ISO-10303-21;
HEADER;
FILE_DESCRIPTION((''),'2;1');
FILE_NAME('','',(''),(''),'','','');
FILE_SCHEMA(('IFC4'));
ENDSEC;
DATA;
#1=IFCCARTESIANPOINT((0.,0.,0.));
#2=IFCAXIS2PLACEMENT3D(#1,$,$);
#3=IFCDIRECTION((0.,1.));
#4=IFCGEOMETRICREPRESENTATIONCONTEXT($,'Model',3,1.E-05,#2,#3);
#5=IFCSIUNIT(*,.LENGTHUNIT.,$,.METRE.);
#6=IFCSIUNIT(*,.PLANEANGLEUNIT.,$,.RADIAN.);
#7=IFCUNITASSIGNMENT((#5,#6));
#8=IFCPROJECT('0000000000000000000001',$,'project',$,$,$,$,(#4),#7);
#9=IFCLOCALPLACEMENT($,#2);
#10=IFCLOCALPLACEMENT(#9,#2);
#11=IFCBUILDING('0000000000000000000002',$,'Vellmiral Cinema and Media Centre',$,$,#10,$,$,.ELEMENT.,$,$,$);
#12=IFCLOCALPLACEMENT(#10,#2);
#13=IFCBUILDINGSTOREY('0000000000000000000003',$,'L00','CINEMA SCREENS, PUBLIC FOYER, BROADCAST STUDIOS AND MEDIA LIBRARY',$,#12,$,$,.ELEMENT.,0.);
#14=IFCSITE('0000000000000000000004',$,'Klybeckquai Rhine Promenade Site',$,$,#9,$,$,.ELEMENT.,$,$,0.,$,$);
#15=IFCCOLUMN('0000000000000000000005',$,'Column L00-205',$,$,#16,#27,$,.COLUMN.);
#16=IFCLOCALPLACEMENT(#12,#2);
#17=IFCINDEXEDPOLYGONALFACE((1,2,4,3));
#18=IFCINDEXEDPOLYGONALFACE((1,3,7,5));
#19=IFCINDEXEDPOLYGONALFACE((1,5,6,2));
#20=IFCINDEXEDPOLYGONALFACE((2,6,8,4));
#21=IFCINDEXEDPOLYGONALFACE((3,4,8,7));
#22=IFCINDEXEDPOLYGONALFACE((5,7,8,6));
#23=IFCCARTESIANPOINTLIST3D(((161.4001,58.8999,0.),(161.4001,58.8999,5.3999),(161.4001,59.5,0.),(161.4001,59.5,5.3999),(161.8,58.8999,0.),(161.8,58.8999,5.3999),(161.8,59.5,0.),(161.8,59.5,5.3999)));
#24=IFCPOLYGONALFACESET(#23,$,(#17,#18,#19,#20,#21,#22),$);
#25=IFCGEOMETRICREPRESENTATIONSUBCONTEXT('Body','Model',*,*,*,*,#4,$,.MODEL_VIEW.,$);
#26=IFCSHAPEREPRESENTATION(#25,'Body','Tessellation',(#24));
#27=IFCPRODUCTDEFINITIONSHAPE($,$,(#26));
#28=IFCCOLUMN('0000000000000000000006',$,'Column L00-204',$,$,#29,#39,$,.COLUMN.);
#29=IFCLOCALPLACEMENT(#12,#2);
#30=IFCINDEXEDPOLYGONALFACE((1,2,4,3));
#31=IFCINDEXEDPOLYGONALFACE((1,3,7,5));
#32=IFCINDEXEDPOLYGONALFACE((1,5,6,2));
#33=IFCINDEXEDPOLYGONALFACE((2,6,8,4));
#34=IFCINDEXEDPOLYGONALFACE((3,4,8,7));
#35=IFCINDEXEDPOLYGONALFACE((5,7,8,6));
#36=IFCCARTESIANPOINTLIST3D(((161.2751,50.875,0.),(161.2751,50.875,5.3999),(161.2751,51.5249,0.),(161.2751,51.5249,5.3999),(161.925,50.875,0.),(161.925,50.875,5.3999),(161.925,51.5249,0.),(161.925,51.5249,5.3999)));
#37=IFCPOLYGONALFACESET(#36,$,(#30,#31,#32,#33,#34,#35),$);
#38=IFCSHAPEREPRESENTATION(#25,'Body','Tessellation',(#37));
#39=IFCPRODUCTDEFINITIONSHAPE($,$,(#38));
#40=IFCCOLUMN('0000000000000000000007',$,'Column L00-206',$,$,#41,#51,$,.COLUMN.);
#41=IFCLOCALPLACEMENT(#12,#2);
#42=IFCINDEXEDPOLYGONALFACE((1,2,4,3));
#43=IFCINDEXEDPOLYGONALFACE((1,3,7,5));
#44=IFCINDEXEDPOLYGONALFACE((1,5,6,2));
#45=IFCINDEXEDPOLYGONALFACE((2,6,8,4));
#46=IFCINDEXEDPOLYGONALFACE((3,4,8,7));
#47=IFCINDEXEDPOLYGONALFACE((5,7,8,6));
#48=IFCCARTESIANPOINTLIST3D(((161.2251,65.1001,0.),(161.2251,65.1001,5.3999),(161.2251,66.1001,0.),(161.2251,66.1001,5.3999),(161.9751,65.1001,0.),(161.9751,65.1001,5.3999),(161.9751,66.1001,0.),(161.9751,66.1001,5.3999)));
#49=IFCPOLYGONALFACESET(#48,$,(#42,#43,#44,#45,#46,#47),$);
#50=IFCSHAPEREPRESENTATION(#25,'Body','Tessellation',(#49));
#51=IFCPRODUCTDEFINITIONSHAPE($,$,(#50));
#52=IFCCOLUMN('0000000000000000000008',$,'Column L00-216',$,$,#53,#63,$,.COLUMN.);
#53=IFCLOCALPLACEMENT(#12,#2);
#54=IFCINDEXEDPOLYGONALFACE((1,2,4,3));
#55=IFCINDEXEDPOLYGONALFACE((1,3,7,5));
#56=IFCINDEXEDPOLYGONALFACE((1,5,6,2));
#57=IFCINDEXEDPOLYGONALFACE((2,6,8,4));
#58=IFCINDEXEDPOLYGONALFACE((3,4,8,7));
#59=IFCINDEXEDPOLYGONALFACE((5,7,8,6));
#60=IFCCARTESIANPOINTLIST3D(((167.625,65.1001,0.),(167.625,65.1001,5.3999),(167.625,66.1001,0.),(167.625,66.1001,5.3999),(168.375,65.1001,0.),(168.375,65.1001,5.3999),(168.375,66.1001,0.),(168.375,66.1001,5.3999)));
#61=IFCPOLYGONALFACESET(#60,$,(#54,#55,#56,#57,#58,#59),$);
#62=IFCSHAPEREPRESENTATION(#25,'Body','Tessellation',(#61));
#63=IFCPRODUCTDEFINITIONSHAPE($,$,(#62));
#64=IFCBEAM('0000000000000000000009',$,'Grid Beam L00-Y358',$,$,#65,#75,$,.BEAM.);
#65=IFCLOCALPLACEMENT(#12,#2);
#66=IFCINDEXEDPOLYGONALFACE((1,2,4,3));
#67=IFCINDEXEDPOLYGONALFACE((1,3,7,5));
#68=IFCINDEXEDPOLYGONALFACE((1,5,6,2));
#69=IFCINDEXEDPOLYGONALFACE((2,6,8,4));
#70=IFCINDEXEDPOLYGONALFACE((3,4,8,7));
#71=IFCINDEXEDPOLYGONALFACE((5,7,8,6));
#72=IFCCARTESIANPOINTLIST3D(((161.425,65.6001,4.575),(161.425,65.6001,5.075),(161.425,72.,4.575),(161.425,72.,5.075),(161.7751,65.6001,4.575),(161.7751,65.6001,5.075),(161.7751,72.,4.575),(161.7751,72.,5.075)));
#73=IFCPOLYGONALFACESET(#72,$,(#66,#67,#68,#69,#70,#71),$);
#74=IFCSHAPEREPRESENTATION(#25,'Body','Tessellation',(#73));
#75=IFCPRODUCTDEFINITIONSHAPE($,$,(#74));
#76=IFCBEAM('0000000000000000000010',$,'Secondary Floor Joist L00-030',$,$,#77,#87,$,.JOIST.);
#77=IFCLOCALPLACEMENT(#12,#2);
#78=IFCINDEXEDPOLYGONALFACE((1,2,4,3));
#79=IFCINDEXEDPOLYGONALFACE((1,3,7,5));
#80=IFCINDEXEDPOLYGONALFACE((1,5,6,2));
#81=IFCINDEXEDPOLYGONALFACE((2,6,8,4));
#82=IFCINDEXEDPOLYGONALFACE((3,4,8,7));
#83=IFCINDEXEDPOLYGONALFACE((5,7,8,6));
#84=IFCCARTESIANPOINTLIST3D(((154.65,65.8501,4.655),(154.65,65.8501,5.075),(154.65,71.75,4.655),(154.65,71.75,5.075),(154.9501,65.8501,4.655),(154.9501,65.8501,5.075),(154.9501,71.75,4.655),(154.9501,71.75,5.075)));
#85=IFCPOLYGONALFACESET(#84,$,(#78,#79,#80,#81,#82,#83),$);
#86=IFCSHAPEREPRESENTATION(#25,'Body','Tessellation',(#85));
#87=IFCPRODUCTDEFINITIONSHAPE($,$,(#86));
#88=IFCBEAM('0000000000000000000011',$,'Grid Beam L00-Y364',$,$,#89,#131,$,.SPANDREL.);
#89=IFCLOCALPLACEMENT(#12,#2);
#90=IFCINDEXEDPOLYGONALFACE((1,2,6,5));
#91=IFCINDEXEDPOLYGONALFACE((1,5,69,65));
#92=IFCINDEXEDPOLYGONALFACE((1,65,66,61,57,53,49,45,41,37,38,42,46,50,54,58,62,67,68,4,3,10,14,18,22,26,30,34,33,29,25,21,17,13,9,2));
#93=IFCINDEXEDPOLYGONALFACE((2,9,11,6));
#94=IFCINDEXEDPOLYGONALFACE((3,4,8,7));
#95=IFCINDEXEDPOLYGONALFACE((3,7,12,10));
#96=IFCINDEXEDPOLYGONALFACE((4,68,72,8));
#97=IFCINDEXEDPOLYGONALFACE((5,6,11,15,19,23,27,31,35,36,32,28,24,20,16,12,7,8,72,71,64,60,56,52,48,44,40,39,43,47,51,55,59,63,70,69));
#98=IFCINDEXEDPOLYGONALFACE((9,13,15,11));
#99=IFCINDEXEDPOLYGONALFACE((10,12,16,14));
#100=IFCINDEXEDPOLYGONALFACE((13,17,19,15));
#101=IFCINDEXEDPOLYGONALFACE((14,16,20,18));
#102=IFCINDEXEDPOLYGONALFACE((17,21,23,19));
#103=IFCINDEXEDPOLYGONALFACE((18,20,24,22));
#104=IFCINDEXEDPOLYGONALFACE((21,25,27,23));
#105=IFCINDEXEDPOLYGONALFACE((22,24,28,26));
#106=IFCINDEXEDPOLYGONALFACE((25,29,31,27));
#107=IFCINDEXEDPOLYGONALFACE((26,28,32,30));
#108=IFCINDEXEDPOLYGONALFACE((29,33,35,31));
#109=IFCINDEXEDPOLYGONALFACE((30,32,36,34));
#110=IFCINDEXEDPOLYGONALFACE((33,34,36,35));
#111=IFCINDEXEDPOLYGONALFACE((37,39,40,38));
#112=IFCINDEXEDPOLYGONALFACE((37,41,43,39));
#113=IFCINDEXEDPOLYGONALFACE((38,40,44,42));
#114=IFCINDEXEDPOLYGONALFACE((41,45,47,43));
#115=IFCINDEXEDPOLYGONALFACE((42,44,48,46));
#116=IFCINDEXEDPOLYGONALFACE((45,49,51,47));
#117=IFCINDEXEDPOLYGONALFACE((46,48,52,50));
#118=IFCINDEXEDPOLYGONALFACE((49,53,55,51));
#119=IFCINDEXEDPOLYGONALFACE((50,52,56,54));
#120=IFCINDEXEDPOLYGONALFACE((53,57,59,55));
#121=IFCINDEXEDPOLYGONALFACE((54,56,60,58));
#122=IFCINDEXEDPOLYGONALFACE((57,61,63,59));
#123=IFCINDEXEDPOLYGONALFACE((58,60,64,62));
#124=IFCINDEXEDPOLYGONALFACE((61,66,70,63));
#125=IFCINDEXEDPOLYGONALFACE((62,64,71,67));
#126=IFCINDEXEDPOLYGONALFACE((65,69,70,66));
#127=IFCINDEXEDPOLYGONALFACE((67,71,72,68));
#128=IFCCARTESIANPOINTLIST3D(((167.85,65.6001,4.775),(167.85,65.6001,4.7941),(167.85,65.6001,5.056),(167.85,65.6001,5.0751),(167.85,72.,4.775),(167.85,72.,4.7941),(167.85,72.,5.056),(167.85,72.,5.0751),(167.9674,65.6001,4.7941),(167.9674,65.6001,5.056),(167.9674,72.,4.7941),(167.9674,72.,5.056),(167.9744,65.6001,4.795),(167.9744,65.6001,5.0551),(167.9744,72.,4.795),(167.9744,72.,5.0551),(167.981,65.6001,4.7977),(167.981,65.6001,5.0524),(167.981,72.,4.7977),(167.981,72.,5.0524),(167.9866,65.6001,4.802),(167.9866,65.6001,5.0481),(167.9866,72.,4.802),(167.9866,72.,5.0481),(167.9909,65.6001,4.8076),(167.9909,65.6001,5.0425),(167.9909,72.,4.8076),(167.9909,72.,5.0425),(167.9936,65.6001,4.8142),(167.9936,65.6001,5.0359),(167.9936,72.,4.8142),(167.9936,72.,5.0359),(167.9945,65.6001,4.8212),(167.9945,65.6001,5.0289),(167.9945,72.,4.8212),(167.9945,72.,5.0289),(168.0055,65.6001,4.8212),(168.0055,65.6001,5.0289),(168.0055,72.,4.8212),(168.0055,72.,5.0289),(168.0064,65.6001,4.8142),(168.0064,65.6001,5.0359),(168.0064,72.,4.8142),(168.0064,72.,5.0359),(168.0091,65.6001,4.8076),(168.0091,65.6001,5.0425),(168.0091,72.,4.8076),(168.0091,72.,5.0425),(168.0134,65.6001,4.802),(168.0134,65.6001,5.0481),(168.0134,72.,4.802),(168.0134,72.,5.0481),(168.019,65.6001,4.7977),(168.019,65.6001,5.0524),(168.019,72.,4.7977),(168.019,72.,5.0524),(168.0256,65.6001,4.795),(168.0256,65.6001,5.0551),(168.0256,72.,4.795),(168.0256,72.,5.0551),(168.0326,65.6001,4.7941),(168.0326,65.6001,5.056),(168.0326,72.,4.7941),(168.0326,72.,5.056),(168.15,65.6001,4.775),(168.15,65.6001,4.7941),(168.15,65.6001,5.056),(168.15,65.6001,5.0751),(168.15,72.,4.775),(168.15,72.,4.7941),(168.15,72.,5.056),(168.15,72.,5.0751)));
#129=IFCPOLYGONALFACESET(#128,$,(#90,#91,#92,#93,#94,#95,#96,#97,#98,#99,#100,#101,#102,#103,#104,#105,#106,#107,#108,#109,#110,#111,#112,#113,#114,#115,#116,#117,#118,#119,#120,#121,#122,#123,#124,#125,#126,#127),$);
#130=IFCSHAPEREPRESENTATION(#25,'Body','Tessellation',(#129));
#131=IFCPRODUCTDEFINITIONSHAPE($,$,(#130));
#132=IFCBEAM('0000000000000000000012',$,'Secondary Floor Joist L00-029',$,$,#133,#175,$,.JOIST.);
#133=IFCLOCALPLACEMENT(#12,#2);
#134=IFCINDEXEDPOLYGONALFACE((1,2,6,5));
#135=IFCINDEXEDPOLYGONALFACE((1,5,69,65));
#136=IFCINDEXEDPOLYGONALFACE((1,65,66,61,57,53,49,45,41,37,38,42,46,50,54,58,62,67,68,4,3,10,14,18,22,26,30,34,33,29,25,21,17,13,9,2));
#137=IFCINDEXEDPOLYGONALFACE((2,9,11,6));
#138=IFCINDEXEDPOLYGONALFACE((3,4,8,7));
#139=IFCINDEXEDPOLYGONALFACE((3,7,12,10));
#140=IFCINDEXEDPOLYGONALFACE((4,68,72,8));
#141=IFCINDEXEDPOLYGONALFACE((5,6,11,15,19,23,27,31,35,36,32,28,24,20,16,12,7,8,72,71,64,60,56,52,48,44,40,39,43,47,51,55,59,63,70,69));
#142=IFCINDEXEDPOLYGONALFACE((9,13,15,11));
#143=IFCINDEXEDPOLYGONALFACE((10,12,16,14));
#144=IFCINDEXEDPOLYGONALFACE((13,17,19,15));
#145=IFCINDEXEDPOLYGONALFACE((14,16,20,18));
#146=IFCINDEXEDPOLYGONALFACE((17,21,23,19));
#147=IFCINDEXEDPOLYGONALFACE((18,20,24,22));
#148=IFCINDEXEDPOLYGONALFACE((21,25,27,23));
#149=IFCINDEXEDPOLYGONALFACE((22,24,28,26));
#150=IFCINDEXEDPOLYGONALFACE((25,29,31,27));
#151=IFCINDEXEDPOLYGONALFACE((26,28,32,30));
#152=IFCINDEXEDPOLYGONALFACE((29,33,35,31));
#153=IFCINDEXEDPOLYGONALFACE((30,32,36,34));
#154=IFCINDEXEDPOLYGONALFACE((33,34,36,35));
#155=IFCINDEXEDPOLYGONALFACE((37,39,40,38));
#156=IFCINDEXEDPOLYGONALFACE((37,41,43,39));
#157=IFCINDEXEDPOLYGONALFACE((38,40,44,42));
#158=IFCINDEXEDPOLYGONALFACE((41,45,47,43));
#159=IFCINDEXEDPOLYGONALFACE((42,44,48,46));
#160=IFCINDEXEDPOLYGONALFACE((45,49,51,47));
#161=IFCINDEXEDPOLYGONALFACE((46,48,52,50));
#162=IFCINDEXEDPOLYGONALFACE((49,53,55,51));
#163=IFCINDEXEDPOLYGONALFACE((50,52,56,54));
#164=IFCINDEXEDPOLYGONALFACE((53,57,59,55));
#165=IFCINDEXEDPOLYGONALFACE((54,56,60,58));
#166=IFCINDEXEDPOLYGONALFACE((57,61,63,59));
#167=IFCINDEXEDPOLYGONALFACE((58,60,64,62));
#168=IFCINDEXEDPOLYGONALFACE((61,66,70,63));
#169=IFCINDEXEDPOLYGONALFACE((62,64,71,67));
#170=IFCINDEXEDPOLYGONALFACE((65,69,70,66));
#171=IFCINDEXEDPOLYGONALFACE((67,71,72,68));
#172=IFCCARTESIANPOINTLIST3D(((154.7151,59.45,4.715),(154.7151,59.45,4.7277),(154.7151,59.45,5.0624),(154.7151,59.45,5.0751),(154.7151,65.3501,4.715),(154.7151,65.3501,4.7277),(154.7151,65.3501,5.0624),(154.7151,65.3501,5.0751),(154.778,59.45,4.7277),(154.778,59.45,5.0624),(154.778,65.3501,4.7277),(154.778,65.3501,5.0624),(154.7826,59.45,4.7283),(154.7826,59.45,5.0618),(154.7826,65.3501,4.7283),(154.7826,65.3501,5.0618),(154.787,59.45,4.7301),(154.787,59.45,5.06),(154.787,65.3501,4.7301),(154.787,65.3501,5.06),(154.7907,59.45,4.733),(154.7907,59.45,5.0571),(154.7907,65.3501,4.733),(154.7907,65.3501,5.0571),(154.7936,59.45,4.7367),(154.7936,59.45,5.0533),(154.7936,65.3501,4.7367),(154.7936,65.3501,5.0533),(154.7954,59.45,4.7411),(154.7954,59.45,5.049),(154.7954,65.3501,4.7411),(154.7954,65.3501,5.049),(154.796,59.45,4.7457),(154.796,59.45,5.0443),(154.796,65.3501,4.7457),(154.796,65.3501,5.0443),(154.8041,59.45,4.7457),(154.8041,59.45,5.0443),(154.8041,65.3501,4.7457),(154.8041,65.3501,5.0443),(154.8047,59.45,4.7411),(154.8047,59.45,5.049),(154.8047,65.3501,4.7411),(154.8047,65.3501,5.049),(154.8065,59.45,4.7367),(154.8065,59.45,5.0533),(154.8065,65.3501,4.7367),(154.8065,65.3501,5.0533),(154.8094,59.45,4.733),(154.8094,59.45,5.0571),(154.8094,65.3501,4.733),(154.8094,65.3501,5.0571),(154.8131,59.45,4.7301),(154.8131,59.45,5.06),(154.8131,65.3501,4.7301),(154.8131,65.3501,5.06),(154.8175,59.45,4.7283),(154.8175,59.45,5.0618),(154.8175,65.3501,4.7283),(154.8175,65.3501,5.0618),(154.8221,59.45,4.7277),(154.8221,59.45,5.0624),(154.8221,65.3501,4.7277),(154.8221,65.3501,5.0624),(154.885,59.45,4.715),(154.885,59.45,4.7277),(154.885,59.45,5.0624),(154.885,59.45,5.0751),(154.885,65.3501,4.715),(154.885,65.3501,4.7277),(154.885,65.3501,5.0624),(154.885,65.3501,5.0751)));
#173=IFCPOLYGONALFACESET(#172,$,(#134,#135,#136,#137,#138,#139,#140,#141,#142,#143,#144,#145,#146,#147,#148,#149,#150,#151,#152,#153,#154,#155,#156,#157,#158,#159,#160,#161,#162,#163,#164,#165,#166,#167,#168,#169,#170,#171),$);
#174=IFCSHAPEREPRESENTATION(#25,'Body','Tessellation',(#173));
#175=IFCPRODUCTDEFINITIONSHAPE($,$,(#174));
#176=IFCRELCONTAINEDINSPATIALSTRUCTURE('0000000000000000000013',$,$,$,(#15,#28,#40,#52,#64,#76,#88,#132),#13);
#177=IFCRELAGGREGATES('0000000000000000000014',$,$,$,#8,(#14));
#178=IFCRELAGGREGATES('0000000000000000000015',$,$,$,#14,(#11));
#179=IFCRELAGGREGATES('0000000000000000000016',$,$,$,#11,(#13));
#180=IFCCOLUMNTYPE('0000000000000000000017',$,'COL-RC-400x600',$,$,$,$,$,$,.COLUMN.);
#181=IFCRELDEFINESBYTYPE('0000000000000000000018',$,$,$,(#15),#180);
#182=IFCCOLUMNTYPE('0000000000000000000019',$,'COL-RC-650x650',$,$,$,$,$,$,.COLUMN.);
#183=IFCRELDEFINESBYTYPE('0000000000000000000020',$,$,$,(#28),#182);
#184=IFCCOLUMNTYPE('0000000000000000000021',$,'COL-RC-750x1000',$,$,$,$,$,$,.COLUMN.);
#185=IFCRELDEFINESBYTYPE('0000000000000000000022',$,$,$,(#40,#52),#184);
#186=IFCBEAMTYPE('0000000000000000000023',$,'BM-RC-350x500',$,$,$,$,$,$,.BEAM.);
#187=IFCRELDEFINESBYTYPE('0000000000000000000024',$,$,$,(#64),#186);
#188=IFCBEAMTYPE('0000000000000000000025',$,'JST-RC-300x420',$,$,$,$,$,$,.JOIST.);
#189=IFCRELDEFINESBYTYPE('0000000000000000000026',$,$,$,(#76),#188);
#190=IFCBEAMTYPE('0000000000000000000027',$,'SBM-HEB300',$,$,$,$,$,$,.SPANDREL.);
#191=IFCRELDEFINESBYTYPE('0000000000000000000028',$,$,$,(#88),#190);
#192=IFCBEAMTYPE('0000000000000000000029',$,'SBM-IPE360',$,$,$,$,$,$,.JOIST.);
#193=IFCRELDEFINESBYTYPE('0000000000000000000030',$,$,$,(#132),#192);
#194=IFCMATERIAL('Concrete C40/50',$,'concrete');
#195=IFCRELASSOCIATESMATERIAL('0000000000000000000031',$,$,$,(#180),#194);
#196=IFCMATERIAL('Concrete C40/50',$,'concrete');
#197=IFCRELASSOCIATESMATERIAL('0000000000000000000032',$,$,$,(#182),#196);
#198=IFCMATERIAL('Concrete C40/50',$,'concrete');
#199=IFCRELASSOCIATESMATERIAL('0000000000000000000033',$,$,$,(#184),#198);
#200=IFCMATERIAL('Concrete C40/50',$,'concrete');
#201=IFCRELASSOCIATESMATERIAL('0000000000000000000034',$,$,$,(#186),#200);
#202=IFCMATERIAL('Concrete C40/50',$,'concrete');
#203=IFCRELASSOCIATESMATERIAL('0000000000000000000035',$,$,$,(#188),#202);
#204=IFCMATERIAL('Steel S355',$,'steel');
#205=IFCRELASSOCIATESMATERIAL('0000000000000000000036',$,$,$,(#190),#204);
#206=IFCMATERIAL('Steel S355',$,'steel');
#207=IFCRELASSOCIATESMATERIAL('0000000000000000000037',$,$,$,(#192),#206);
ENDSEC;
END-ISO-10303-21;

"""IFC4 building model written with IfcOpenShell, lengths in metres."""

from ifc_helpers import new_model, si_unit, direction, frame, origin, origin_2d, place, context, subcontext, project, spatial, rectangle, i_section, extrude, material, material_profile, profile_set, type_object, element, save


model = new_model("IFC4")

# Units and contexts
model_context = context("Model", 3, precision=1e-05, world=origin(), true_north=direction((0.0, 1.0)))
body_context = subcontext(model_context, "Body", "Model", "MODEL_VIEW")
ifc_project = project(units=[si_unit("LENGTHUNIT", "METRE"), si_unit("PLANEANGLEUNIT", "RADIAN")], contexts=[model_context])

# Site, building, storey
site_placement = place(None, origin())
site = spatial("IfcSite", under=ifc_project, at=site_placement, Name="Klybeckquai Rhine Promenade Site", CompositionType="ELEMENT", RefElevation=0.0)
building_placement = place(site_placement, origin())
building = spatial("IfcBuilding", under=site, at=building_placement, Name="Vellmiral Cinema and Media Centre", CompositionType="ELEMENT")
storey_placement = place(building_placement, origin())
storey = spatial("IfcBuildingStorey", under=building, at=storey_placement, Name="L00", Description="CINEMA SCREENS, PUBLIC FOYER, BROADCAST STUDIOS AND MEDIA LIBRARY", CompositionType="ELEMENT", Elevation=0.0)

# Columns
ifc_material_1 = material(Name="Concrete C40/50", Category="concrete")
ifc_material_profile_1 = material_profile(ifc_material_1, rectangle(XDim=0.3999, YDim=0.6001, at=origin_2d()), Name="RC 400x600")
ifc_profile_set_1 = profile_set([ifc_material_profile_1], Name="Concrete C40/50")
column_type_1 = type_object("IfcColumnType", Name="COL-RC-400x600", PredefinedType="COLUMN", material=ifc_profile_set_1)
column_1_placement = place(storey_placement, frame((161.6001, 59.2, 0.0), z_axis=(0.0, 0.0, 1.0), x_axis=(1.0, 0.0, 0.0)))
element("IfcColumn", 1, at=column_1_placement, inside=storey, type_object=column_type_1, Name="Column L00-205", PredefinedType="COLUMN", context=body_context, shape_type="SweptSolid", body=[
    extrude(rectangle(XDim=0.3999, YDim=0.6001, at=origin_2d()), origin(), (0.0, 0.0, 1.0), 5.3999),
])
ifc_material_2 = material(Name="Concrete C40/50", Category="concrete")
ifc_material_profile_2 = material_profile(ifc_material_2, rectangle(XDim=0.6499, YDim=0.6499, at=origin_2d()), Name="RC 650x650")
ifc_profile_set_2 = profile_set([ifc_material_profile_2], Name="Concrete C40/50")
column_type_2 = type_object("IfcColumnType", Name="COL-RC-650x650", PredefinedType="COLUMN", material=ifc_profile_set_2)
column_2_placement = place(storey_placement, frame((161.6001, 51.2, 0.0), z_axis=(0.0, 0.0, 1.0), x_axis=(1.0, 0.0, 0.0)))
element("IfcColumn", 2, at=column_2_placement, inside=storey, type_object=column_type_2, Name="Column L00-204", PredefinedType="COLUMN", context=body_context, shape_type="SweptSolid", body=[
    extrude(rectangle(XDim=0.6499, YDim=0.6499, at=origin_2d()), origin(), (0.0, 0.0, 1.0), 5.3999),
])
ifc_material_3 = material(Name="Concrete C40/50", Category="concrete")
ifc_material_profile_3 = material_profile(ifc_material_3, rectangle(XDim=0.75, YDim=1.0, at=origin_2d()), Name="RC 750x1000")
ifc_profile_set_3 = profile_set([ifc_material_profile_3], Name="Concrete C40/50")
column_type_3 = type_object("IfcColumnType", Name="COL-RC-750x1000", PredefinedType="COLUMN", material=ifc_profile_set_3)
for number, where, z_axis, x_axis, name in (
    (3, (161.6001, 65.6001, 0.0), (0.0, 0.0, 1.0), (1.0, 0.0, 0.0), "Column L00-206"),
    (4, (168.0, 65.6001, 0.0), (0.0, 0.0, 1.0), (1.0, 0.0, 0.0), "Column L00-216"),
):
    element("IfcColumn", number, at=place(storey_placement, frame(where, z_axis=z_axis, x_axis=x_axis)), inside=storey, type_object=column_type_3, Name=name, PredefinedType="COLUMN", context=body_context, shape_type="SweptSolid", body=[
        extrude(rectangle(XDim=0.75, YDim=1.0, at=origin_2d()), origin(), (0.0, 0.0, 1.0), 5.3999),
    ])

# Beams
ifc_material_4 = material(Name="Concrete C40/50", Category="concrete")
ifc_material_profile_4 = material_profile(ifc_material_4, rectangle(XDim=0.3501, YDim=0.5, at=origin_2d()), Name="RC 350x500")
ifc_profile_set_4 = profile_set([ifc_material_profile_4], Name="Concrete C40/50")
beam_type_1 = type_object("IfcBeamType", Name="BM-RC-350x500", PredefinedType="BEAM", material=ifc_profile_set_4)
beam_1_placement = place(storey_placement, frame((161.6001, 65.6001, 4.825), z_axis=(0.0, 1.0, 0.0), x_axis=(-1.0, 0.0, 0.0)))
element("IfcBeam", 5, at=beam_1_placement, inside=storey, type_object=beam_type_1, Name="Grid Beam L00-Y358", PredefinedType="BEAM", context=body_context, shape_type="SweptSolid", body=[
    extrude(rectangle(XDim=0.3501, YDim=0.5, at=origin_2d()), origin(), (0.0, 0.0, 1.0), 6.3999),
])
ifc_material_5 = material(Name="Concrete C40/50", Category="concrete")
ifc_material_profile_5 = material_profile(ifc_material_5, rectangle(XDim=0.3, YDim=0.4199, at=origin_2d()), Name="RC 300x420")
ifc_profile_set_5 = profile_set([ifc_material_profile_5], Name="Concrete C40/50")
beam_type_2 = type_object("IfcBeamType", Name="JST-RC-300x420", PredefinedType="JOIST", material=ifc_profile_set_5)
beam_2_placement = place(storey_placement, frame((154.8, 65.8501, 4.865), z_axis=(0.0, 1.0, 0.0), x_axis=(-1.0, 0.0, 0.0)))
element("IfcBeam", 6, at=beam_2_placement, inside=storey, type_object=beam_type_2, Name="Secondary Floor Joist L00-030", PredefinedType="JOIST", context=body_context, shape_type="SweptSolid", body=[
    extrude(rectangle(XDim=0.3, YDim=0.4199, at=origin_2d()), origin(), (0.0, 0.0, 1.0), 5.8999),
])
ifc_material_6 = material(Name="Steel S355", Category="steel")
ifc_material_profile_6 = material_profile(ifc_material_6, i_section(OverallWidth=0.3, OverallDepth=0.3, WebThickness=0.011, FlangeThickness=0.019, FilletRadius=0.0271, at=origin_2d()), Name="HEB 300")
ifc_profile_set_6 = profile_set([ifc_material_profile_6], Name="Steel S355")
beam_type_3 = type_object("IfcBeamType", Name="SBM-HEB300", PredefinedType="SPANDREL", material=ifc_profile_set_6)
beam_3_placement = place(storey_placement, frame((168.0, 65.6001, 4.925), z_axis=(0.0, 1.0, 0.0), x_axis=(-1.0, 0.0, 0.0)))
element("IfcBeam", 7, at=beam_3_placement, inside=storey, type_object=beam_type_3, Name="Grid Beam L00-Y364", PredefinedType="SPANDREL", context=body_context, shape_type="SweptSolid", body=[
    extrude(i_section(OverallWidth=0.3, OverallDepth=0.3, WebThickness=0.011, FlangeThickness=0.019, FilletRadius=0.0271, at=origin_2d()), origin(), (0.0, 0.0, 1.0), 6.3999),
])
ifc_material_7 = material(Name="Steel S355", Category="steel")
ifc_material_profile_7 = material_profile(ifc_material_7, i_section(OverallWidth=0.1699, OverallDepth=0.3601, WebThickness=0.0081, FlangeThickness=0.0127, FilletRadius=0.0181, at=origin_2d()), Name="IPE 360")
ifc_profile_set_7 = profile_set([ifc_material_profile_7], Name="Steel S355")
beam_type_4 = type_object("IfcBeamType", Name="SBM-IPE360", PredefinedType="JOIST", material=ifc_profile_set_7)
beam_4_placement = place(storey_placement, frame((154.8, 59.45, 4.895), z_axis=(0.0, 1.0, 0.0), x_axis=(-1.0, 0.0, 0.0)))
element("IfcBeam", 8, at=beam_4_placement, inside=storey, type_object=beam_type_4, Name="Secondary Floor Joist L00-029", PredefinedType="JOIST", context=body_context, shape_type="SweptSolid", body=[
    extrude(i_section(OverallWidth=0.1699, OverallDepth=0.3601, WebThickness=0.0081, FlangeThickness=0.0127, FilletRadius=0.0181, at=origin_2d()), origin(), (0.0, 0.0, 1.0), 5.9001),
])

save(model, "model.ifc")
